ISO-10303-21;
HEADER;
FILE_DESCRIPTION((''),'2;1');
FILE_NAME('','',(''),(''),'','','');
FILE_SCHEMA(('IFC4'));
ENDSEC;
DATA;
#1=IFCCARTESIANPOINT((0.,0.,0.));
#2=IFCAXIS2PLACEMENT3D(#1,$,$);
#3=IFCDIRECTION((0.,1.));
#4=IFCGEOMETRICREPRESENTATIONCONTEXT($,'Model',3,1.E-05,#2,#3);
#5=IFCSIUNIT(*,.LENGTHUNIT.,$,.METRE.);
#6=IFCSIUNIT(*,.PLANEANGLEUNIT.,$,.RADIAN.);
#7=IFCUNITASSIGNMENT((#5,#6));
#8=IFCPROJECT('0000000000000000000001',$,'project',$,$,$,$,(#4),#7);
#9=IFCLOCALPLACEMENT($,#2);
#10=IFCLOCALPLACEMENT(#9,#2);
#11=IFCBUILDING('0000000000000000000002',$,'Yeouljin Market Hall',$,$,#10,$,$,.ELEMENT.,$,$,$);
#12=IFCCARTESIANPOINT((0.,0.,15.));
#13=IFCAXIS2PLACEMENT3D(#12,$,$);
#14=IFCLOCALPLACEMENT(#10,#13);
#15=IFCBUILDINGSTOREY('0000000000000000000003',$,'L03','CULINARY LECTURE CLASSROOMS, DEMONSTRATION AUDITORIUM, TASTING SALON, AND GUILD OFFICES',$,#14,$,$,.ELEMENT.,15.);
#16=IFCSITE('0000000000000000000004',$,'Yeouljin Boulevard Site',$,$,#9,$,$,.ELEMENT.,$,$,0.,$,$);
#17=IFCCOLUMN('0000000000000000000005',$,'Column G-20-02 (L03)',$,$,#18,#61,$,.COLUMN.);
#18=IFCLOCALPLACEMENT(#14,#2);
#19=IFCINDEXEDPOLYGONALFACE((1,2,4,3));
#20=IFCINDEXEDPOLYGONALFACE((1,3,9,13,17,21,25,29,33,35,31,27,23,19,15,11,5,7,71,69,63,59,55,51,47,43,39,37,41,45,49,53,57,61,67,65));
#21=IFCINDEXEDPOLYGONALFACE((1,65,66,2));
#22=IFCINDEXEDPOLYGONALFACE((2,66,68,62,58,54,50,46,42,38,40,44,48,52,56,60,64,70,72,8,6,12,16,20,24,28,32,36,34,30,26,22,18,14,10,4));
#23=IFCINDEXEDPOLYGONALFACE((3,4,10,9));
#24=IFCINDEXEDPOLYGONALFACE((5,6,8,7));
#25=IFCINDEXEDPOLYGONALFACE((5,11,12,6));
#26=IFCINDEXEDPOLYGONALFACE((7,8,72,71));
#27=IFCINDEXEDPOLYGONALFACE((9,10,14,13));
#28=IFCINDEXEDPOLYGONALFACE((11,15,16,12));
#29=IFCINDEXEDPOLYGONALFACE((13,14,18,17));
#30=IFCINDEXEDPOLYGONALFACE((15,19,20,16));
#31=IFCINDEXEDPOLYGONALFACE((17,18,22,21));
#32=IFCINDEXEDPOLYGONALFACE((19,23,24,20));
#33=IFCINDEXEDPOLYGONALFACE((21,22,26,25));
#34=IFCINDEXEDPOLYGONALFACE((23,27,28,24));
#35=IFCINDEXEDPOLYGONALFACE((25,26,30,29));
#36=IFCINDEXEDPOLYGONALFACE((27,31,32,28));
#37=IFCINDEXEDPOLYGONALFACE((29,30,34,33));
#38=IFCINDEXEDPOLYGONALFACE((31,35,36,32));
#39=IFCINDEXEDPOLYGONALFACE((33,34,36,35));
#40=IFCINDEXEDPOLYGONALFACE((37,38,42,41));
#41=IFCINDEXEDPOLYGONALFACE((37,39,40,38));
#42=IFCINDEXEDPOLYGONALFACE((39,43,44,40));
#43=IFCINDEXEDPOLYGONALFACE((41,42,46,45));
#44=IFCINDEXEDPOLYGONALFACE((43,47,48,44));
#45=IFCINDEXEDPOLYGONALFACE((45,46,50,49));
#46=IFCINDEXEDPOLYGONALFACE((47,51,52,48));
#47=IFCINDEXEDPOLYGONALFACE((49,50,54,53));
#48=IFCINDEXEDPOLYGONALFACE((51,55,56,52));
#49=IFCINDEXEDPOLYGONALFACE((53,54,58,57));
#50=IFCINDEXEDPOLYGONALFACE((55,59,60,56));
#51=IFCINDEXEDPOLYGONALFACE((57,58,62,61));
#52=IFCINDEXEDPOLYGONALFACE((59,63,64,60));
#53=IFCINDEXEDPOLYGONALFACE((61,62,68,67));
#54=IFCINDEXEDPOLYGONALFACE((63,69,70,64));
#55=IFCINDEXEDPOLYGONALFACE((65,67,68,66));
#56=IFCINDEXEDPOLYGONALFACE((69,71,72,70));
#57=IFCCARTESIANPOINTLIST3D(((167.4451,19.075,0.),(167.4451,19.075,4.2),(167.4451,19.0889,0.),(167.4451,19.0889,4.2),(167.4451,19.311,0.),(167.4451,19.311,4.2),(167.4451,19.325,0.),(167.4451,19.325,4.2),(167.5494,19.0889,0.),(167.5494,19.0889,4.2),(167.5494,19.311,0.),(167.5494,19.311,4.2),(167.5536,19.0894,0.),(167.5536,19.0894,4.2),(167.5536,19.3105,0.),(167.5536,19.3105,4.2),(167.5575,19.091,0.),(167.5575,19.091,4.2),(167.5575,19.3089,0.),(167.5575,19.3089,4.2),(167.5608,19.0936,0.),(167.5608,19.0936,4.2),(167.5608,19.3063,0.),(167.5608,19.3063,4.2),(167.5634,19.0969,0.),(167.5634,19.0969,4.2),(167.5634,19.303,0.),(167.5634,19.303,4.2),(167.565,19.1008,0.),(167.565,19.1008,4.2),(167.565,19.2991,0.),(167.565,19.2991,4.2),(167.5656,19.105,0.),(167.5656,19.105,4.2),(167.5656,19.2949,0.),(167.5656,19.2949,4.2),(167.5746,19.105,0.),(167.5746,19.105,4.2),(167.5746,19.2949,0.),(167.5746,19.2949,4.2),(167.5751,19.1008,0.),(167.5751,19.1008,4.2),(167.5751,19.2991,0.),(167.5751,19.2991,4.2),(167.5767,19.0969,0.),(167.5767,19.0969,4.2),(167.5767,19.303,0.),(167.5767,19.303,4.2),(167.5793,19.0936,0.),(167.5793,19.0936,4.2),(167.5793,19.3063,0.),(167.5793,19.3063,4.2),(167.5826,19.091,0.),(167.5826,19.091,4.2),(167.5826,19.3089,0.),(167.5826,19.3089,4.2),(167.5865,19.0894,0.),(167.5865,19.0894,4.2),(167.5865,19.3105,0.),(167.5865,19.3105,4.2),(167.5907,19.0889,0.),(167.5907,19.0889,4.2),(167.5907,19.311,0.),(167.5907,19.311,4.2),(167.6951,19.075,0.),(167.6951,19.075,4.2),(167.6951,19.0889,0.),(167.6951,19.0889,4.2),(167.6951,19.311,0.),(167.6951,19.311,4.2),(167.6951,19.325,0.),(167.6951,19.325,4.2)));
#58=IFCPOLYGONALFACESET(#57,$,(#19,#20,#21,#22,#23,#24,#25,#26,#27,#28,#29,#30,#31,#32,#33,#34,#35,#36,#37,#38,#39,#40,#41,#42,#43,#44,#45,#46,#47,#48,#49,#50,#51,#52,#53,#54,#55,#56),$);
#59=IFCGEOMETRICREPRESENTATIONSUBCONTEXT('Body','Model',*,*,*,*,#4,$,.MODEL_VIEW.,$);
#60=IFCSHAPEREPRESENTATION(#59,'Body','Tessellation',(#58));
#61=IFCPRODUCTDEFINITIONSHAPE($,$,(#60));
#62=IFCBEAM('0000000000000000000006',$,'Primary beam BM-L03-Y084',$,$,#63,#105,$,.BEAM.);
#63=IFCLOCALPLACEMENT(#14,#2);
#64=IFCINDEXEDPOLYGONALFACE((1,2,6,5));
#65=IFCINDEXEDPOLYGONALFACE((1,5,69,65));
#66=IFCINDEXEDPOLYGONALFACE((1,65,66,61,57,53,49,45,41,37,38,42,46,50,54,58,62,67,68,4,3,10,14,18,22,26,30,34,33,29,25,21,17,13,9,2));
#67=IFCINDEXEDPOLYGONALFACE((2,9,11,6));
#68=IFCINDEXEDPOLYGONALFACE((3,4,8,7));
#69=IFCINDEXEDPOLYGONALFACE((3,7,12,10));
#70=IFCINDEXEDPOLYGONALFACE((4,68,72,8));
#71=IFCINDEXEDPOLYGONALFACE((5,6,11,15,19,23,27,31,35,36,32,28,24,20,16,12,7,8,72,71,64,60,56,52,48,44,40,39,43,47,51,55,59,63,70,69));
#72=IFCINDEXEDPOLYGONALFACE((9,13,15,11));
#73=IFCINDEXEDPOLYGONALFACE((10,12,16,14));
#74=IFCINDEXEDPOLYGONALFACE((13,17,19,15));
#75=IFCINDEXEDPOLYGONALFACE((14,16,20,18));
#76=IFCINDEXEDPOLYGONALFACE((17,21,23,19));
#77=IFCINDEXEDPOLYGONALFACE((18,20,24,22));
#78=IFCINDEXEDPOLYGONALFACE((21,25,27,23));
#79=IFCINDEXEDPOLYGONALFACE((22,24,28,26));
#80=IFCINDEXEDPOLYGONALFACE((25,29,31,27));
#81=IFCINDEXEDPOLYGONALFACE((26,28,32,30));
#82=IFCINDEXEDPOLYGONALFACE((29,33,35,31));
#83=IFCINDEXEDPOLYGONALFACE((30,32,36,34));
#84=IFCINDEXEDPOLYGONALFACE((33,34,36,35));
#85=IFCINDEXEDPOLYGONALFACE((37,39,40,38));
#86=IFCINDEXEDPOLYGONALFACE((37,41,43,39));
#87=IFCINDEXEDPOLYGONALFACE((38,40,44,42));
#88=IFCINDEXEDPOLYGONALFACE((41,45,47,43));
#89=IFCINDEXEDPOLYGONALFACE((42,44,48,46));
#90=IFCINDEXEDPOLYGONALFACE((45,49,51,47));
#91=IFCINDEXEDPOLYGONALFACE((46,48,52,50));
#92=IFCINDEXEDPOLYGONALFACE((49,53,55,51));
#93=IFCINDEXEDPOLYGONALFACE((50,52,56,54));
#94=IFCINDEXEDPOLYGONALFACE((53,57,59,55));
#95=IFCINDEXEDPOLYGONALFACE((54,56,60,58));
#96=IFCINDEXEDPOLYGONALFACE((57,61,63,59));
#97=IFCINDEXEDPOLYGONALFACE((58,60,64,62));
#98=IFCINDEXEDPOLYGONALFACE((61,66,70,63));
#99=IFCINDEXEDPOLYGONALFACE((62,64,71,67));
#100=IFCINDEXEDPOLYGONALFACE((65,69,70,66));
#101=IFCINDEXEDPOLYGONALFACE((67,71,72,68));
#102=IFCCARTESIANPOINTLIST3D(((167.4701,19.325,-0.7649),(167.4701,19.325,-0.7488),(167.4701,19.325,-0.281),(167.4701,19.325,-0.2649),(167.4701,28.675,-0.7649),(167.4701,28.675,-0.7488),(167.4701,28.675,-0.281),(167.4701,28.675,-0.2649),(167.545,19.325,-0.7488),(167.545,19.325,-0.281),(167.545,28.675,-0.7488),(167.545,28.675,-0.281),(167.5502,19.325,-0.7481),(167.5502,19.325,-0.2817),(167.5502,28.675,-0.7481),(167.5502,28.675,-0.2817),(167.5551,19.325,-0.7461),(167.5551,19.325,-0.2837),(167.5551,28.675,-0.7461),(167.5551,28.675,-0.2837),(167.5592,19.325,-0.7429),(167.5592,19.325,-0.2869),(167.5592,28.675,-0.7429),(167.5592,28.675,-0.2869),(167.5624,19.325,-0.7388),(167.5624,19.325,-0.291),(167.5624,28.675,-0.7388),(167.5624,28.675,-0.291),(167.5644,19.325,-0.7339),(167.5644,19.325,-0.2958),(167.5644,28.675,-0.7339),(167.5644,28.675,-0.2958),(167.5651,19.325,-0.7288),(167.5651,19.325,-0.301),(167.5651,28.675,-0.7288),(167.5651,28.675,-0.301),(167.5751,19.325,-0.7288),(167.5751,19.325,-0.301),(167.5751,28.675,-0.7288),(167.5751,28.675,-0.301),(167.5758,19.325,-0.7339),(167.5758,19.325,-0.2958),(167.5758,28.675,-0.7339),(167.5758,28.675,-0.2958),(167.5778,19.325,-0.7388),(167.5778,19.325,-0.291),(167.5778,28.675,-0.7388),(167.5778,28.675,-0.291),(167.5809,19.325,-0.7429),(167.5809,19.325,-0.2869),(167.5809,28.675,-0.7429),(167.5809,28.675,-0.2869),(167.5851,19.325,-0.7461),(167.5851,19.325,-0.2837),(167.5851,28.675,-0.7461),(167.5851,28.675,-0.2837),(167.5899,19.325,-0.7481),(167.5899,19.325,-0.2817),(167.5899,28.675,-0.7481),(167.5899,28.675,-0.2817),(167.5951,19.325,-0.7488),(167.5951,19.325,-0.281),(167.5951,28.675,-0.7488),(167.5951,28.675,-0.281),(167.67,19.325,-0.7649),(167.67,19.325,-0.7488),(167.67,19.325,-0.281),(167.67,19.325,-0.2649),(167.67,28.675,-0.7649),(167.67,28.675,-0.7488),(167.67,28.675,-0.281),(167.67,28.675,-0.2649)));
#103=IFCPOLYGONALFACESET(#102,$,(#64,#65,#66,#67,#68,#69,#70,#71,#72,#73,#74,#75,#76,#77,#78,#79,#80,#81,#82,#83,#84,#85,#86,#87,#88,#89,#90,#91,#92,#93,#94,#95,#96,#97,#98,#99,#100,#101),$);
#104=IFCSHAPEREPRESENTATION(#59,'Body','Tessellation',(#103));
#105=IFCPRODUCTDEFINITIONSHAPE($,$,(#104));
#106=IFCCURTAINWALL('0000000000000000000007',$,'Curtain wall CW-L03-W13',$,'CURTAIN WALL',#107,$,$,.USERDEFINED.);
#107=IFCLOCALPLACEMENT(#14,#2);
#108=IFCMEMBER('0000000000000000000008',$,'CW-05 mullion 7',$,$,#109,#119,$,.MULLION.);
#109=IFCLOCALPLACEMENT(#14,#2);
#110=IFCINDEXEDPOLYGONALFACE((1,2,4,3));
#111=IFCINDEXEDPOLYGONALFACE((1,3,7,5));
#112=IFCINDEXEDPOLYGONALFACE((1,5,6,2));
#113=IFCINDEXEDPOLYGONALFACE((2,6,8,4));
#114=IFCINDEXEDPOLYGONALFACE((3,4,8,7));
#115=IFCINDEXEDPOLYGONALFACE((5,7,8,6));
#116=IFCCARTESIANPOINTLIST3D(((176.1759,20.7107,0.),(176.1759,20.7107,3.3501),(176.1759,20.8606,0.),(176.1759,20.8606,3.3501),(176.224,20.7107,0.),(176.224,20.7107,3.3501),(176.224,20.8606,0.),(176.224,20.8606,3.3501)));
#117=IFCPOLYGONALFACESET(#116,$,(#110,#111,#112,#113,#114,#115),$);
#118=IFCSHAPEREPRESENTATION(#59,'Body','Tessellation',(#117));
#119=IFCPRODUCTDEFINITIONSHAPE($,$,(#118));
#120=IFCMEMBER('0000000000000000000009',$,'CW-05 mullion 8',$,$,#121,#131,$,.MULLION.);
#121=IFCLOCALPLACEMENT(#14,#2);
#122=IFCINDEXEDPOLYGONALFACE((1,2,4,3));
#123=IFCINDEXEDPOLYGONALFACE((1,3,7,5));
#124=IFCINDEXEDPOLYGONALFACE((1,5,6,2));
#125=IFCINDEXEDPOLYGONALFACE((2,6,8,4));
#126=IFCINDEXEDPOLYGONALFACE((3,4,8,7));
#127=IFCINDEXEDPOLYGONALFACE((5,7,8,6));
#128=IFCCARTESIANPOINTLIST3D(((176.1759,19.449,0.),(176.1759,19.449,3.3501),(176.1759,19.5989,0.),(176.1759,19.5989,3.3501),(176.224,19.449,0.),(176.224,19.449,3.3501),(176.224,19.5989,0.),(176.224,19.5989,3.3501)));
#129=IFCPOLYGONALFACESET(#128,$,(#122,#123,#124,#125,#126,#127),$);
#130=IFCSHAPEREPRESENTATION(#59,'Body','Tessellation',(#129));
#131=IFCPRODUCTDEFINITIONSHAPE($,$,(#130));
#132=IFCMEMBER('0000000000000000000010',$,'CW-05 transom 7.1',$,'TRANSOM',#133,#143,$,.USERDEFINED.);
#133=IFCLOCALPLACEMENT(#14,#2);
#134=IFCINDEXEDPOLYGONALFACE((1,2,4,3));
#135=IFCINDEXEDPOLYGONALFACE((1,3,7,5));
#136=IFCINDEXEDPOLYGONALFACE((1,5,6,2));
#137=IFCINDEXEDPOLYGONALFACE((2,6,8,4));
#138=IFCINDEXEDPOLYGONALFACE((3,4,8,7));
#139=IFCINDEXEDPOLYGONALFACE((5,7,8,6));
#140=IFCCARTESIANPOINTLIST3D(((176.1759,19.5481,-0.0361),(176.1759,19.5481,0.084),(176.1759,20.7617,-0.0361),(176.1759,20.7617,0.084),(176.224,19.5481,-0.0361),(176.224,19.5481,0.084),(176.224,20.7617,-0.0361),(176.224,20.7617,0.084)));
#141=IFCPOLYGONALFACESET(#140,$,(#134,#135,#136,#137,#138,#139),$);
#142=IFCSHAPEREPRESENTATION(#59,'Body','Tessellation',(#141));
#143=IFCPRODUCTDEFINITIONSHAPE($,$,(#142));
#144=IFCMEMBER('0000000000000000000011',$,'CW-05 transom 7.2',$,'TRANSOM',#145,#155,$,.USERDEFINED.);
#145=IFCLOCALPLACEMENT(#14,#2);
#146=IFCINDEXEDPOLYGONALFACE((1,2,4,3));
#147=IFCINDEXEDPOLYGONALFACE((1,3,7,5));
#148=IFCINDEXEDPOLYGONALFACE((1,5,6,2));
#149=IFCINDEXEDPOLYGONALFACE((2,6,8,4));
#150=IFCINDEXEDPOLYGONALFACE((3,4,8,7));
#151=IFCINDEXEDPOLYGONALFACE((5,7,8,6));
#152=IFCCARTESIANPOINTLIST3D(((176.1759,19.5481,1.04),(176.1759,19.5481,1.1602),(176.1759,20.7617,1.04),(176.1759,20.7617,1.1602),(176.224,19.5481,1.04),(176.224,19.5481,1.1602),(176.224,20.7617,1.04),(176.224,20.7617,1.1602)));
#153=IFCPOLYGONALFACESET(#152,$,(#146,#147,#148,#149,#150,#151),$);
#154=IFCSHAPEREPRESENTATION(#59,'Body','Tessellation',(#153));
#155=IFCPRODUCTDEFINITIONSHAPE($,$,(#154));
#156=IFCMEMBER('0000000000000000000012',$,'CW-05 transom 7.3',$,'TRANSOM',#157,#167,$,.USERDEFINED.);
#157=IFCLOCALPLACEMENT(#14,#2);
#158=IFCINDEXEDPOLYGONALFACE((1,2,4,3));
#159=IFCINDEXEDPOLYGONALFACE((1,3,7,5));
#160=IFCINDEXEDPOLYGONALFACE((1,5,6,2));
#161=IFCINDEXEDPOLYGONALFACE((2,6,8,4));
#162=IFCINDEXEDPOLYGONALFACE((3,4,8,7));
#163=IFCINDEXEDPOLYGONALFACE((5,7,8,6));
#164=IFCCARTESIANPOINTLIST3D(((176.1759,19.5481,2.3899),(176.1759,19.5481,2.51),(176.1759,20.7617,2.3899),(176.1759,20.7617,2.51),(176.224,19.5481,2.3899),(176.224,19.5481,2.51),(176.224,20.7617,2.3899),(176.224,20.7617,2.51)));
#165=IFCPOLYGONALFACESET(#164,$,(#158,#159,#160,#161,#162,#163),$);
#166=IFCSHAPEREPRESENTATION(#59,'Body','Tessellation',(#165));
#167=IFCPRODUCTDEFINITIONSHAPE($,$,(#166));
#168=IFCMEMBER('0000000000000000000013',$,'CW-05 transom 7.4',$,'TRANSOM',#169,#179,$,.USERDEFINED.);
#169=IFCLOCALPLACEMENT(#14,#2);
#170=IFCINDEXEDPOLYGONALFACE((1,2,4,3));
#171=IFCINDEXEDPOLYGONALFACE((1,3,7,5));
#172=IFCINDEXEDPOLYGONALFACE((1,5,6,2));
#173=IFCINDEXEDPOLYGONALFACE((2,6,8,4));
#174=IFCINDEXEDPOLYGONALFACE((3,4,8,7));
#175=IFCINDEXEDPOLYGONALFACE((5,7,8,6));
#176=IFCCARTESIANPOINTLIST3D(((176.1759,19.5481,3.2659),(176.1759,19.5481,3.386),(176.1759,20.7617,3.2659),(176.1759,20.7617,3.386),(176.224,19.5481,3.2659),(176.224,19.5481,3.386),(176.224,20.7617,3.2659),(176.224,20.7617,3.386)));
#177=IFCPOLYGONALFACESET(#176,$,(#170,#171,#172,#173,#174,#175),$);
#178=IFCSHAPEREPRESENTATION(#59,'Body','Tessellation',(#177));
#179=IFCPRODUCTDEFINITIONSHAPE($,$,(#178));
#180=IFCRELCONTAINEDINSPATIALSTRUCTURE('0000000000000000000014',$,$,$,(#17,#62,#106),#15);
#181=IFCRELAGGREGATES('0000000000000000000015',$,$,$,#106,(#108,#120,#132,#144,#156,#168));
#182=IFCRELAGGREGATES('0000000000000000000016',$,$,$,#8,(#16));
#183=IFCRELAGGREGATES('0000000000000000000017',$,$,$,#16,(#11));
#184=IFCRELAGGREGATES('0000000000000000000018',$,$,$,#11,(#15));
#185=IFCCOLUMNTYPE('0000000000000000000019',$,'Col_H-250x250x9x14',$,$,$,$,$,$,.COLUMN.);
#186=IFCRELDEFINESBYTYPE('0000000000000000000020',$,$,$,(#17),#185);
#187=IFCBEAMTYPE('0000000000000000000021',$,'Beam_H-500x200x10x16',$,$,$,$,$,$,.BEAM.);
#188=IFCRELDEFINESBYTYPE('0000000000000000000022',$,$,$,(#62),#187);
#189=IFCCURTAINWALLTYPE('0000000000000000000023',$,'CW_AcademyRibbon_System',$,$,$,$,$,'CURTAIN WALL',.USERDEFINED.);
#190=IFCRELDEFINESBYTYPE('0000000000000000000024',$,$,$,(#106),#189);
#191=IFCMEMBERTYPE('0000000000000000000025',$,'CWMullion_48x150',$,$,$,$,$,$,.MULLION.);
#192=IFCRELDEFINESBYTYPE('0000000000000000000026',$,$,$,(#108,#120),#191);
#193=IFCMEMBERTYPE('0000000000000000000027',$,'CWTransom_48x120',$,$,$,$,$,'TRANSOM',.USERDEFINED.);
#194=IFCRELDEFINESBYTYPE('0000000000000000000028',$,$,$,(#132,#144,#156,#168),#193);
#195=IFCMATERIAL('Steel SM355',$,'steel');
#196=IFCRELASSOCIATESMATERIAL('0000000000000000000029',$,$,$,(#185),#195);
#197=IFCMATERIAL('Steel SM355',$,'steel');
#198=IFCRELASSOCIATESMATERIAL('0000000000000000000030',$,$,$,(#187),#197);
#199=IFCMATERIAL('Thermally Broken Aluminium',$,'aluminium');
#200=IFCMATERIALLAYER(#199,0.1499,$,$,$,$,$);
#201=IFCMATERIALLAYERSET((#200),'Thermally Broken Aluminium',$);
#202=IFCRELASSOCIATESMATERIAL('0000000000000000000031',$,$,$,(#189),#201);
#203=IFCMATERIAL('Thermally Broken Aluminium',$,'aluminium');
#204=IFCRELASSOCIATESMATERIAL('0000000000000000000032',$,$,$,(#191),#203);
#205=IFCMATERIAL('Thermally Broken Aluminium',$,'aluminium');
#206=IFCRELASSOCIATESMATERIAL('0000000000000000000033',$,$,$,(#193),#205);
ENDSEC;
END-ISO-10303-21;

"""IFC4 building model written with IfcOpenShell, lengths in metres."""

from ifc_helpers import new_model, si_unit, direction, frame, origin, origin_2d, place, context, subcontext, project, spatial, rectangle, i_section, extrude, material, layer, layer_set, material_profile, profile_set, type_object, element, aggregate, save


model = new_model("IFC4")

# Units and contexts
model_context = context("Model", 3, precision=1e-05, world=origin(), true_north=direction((0.0, 1.0)))
body_context = subcontext(model_context, "Body", "Model", "MODEL_VIEW")
ifc_project = project(units=[si_unit("LENGTHUNIT", "METRE"), si_unit("PLANEANGLEUNIT", "RADIAN")], contexts=[model_context])

# Site, building, storey
site_placement = place(None, origin())
site = spatial("IfcSite", under=ifc_project, at=site_placement, Name="Yeouljin Boulevard Site", CompositionType="ELEMENT", RefElevation=0.0)
building_placement = place(site_placement, origin())
building = spatial("IfcBuilding", under=site, at=building_placement, Name="Yeouljin Market Hall", CompositionType="ELEMENT")
storey_placement = place(building_placement, frame((0.0, 0.0, 15.0)))
storey = spatial("IfcBuildingStorey", under=building, at=storey_placement, Name="L03", Description="CULINARY LECTURE CLASSROOMS, DEMONSTRATION AUDITORIUM, TASTING SALON, AND GUILD OFFICES", CompositionType="ELEMENT", Elevation=15.0)

# Column
ifc_material_1 = material(Name="Steel SM355", Category="steel")
ifc_material_profile_1 = material_profile(ifc_material_1, i_section(OverallWidth=0.25, OverallDepth=0.25, WebThickness=0.009, FlangeThickness=0.0139, FilletRadius=0.0161, at=origin_2d()), Name="H-250x250x9x14")
ifc_profile_set_1 = profile_set([ifc_material_profile_1], Name="Steel SM355")
column_type = type_object("IfcColumnType", Name="Col_H-250x250x9x14", PredefinedType="COLUMN", material=ifc_profile_set_1)
column_placement = place(storey_placement, frame((167.5701, 19.2, 0.0), z_axis=(0.0, 0.0, 1.0), x_axis=(1.0, 0.0, 0.0)))
element("IfcColumn", 1, at=column_placement, inside=storey, type_object=column_type, Name="Column G-20-02 (L03)", PredefinedType="COLUMN", context=body_context, shape_type="SweptSolid", body=[
    extrude(i_section(OverallWidth=0.25, OverallDepth=0.25, WebThickness=0.009, FlangeThickness=0.0139, FilletRadius=0.0161, at=origin_2d()), origin(), (0.0, 0.0, 1.0), 4.2),
])

# Beam
ifc_material_2 = material(Name="Steel SM355", Category="steel")
ifc_material_profile_2 = material_profile(ifc_material_2, i_section(OverallWidth=0.2, OverallDepth=0.5, WebThickness=0.01, FlangeThickness=0.0161, FilletRadius=0.02, at=origin_2d()), Name="H-500x200x10x16")
ifc_profile_set_2 = profile_set([ifc_material_profile_2], Name="Steel SM355")
beam_type_1 = type_object("IfcBeamType", Name="Beam_H-500x200x10x16", PredefinedType="BEAM", material=ifc_profile_set_2)
beam_1_placement = place(storey_placement, frame((167.5701, 19.325, -0.5149), z_axis=(0.0, 1.0, 0.0), x_axis=(-1.0, 0.0, 0.0)))
element("IfcBeam", 2, at=beam_1_placement, inside=storey, type_object=beam_type_1, Name="Primary beam BM-L03-Y084", PredefinedType="BEAM", context=body_context, shape_type="SweptSolid", body=[
    extrude(i_section(OverallWidth=0.2, OverallDepth=0.5, WebThickness=0.01, FlangeThickness=0.0161, FilletRadius=0.02, at=origin_2d()), origin(), (0.0, 0.0, 1.0), 9.3501),
])

# Curtain wall, members
ifc_material_3 = material(Name="Thermally Broken Aluminium", Category="aluminium")
ifc_layer_1 = layer(ifc_material_3, 0.1499)
ifc_layer_set_1 = layer_set([ifc_layer_1], Name="Thermally Broken Aluminium")
curtain_wall_type = type_object("IfcCurtainWallType", Name="CW_AcademyRibbon_System", ElementType="CURTAIN WALL", PredefinedType="USERDEFINED", material=ifc_layer_set_1)
curtain_wall_placement = place(storey_placement, origin())
curtain_wall = element("IfcCurtainWall", 3, at=curtain_wall_placement, inside=storey, type_object=curtain_wall_type, Name="Curtain wall CW-L03-W13", ObjectType="CURTAIN WALL", PredefinedType="USERDEFINED")
ifc_material_4 = material(Name="Thermally Broken Aluminium", Category="aluminium")
ifc_material_profile_3 = material_profile(ifc_material_4, rectangle(XDim=0.0481, YDim=0.1499, at=origin_2d()), Name="CW-MULL-48x150")
ifc_profile_set_3 = profile_set([ifc_material_profile_3], Name="Thermally Broken Aluminium")
member_type_1 = type_object("IfcMemberType", Name="CWMullion_48x150", PredefinedType="MULLION", material=ifc_profile_set_3)
member_1_placement = place(storey_placement, frame((176.2, 20.7856, 0.0), z_axis=(0.0, 0.0, 1.0), x_axis=(1.0, 0.0, 0.0)))
member_1 = element("IfcMember", 4, at=member_1_placement, type_object=member_type_1, Name="CW-05 mullion 7", PredefinedType="MULLION", context=body_context, shape_type="SweptSolid", body=[
    extrude(rectangle(XDim=0.0481, YDim=0.1499, at=origin_2d()), origin(), (0.0, 0.0, 1.0), 3.3501),
])
member_2_placement = place(storey_placement, frame((176.2, 19.5239, 0.0), z_axis=(0.0, 0.0, 1.0), x_axis=(1.0, 0.0, 0.0)))
member_2 = element("IfcMember", 5, at=member_2_placement, type_object=member_type_1, Name="CW-05 mullion 8", PredefinedType="MULLION", context=body_context, shape_type="SweptSolid", body=[
    extrude(rectangle(XDim=0.0481, YDim=0.1499, at=origin_2d()), origin(), (0.0, 0.0, 1.0), 3.3501),
])
ifc_material_5 = material(Name="Thermally Broken Aluminium", Category="aluminium")
ifc_material_profile_4 = material_profile(ifc_material_5, rectangle(XDim=0.0481, YDim=0.1201, at=origin_2d()), Name="CW-TRAN-48x120")
ifc_profile_set_4 = profile_set([ifc_material_profile_4], Name="Thermally Broken Aluminium")
member_type_2 = type_object("IfcMemberType", Name="CWTransom_48x120", ElementType="TRANSOM", PredefinedType="USERDEFINED", material=ifc_profile_set_4)
member_3_placement = place(storey_placement, frame((176.2, 20.7617, 0.0239), z_axis=(0.0, -1.0, 0.0), x_axis=(1.0, 0.0, 0.0)))
member_3 = element("IfcMember", 6, at=member_3_placement, type_object=member_type_2, Name="CW-05 transom 7.1", ObjectType="TRANSOM", PredefinedType="USERDEFINED", context=body_context, shape_type="SweptSolid", body=[
    extrude(rectangle(XDim=0.0481, YDim=0.1201, at=origin_2d()), origin(), (0.0, 0.0, 1.0), 1.2136),
])
member_4_placement = place(storey_placement, frame((176.2, 20.7617, 1.1001), z_axis=(0.0, -1.0, 0.0), x_axis=(1.0, 0.0, 0.0)))
member_4 = element("IfcMember", 7, at=member_4_placement, type_object=member_type_2, Name="CW-05 transom 7.2", ObjectType="TRANSOM", PredefinedType="USERDEFINED", context=body_context, shape_type="SweptSolid", body=[
    extrude(rectangle(XDim=0.0481, YDim=0.1201, at=origin_2d()), origin(), (0.0, 0.0, 1.0), 1.2136),
])
member_5_placement = place(storey_placement, frame((176.2, 20.7617, 2.45), z_axis=(0.0, -1.0, 0.0), x_axis=(1.0, 0.0, 0.0)))
member_5 = element("IfcMember", 8, at=member_5_placement, type_object=member_type_2, Name="CW-05 transom 7.3", ObjectType="TRANSOM", PredefinedType="USERDEFINED", context=body_context, shape_type="SweptSolid", body=[
    extrude(rectangle(XDim=0.0481, YDim=0.1201, at=origin_2d()), origin(), (0.0, 0.0, 1.0), 1.2136),
])
member_6_placement = place(storey_placement, frame((176.2, 20.7617, 3.3259), z_axis=(0.0, -1.0, 0.0), x_axis=(1.0, 0.0, 0.0)))
member_6 = element("IfcMember", 9, at=member_6_placement, type_object=member_type_2, Name="CW-05 transom 7.4", ObjectType="TRANSOM", PredefinedType="USERDEFINED", context=body_context, shape_type="SweptSolid", body=[
    extrude(rectangle(XDim=0.0481, YDim=0.1201, at=origin_2d()), origin(), (0.0, 0.0, 1.0), 1.2136),
])

aggregate(curtain_wall, [member_1, member_2, member_3, member_4, member_5, member_6])

save(model, "model.ifc")
